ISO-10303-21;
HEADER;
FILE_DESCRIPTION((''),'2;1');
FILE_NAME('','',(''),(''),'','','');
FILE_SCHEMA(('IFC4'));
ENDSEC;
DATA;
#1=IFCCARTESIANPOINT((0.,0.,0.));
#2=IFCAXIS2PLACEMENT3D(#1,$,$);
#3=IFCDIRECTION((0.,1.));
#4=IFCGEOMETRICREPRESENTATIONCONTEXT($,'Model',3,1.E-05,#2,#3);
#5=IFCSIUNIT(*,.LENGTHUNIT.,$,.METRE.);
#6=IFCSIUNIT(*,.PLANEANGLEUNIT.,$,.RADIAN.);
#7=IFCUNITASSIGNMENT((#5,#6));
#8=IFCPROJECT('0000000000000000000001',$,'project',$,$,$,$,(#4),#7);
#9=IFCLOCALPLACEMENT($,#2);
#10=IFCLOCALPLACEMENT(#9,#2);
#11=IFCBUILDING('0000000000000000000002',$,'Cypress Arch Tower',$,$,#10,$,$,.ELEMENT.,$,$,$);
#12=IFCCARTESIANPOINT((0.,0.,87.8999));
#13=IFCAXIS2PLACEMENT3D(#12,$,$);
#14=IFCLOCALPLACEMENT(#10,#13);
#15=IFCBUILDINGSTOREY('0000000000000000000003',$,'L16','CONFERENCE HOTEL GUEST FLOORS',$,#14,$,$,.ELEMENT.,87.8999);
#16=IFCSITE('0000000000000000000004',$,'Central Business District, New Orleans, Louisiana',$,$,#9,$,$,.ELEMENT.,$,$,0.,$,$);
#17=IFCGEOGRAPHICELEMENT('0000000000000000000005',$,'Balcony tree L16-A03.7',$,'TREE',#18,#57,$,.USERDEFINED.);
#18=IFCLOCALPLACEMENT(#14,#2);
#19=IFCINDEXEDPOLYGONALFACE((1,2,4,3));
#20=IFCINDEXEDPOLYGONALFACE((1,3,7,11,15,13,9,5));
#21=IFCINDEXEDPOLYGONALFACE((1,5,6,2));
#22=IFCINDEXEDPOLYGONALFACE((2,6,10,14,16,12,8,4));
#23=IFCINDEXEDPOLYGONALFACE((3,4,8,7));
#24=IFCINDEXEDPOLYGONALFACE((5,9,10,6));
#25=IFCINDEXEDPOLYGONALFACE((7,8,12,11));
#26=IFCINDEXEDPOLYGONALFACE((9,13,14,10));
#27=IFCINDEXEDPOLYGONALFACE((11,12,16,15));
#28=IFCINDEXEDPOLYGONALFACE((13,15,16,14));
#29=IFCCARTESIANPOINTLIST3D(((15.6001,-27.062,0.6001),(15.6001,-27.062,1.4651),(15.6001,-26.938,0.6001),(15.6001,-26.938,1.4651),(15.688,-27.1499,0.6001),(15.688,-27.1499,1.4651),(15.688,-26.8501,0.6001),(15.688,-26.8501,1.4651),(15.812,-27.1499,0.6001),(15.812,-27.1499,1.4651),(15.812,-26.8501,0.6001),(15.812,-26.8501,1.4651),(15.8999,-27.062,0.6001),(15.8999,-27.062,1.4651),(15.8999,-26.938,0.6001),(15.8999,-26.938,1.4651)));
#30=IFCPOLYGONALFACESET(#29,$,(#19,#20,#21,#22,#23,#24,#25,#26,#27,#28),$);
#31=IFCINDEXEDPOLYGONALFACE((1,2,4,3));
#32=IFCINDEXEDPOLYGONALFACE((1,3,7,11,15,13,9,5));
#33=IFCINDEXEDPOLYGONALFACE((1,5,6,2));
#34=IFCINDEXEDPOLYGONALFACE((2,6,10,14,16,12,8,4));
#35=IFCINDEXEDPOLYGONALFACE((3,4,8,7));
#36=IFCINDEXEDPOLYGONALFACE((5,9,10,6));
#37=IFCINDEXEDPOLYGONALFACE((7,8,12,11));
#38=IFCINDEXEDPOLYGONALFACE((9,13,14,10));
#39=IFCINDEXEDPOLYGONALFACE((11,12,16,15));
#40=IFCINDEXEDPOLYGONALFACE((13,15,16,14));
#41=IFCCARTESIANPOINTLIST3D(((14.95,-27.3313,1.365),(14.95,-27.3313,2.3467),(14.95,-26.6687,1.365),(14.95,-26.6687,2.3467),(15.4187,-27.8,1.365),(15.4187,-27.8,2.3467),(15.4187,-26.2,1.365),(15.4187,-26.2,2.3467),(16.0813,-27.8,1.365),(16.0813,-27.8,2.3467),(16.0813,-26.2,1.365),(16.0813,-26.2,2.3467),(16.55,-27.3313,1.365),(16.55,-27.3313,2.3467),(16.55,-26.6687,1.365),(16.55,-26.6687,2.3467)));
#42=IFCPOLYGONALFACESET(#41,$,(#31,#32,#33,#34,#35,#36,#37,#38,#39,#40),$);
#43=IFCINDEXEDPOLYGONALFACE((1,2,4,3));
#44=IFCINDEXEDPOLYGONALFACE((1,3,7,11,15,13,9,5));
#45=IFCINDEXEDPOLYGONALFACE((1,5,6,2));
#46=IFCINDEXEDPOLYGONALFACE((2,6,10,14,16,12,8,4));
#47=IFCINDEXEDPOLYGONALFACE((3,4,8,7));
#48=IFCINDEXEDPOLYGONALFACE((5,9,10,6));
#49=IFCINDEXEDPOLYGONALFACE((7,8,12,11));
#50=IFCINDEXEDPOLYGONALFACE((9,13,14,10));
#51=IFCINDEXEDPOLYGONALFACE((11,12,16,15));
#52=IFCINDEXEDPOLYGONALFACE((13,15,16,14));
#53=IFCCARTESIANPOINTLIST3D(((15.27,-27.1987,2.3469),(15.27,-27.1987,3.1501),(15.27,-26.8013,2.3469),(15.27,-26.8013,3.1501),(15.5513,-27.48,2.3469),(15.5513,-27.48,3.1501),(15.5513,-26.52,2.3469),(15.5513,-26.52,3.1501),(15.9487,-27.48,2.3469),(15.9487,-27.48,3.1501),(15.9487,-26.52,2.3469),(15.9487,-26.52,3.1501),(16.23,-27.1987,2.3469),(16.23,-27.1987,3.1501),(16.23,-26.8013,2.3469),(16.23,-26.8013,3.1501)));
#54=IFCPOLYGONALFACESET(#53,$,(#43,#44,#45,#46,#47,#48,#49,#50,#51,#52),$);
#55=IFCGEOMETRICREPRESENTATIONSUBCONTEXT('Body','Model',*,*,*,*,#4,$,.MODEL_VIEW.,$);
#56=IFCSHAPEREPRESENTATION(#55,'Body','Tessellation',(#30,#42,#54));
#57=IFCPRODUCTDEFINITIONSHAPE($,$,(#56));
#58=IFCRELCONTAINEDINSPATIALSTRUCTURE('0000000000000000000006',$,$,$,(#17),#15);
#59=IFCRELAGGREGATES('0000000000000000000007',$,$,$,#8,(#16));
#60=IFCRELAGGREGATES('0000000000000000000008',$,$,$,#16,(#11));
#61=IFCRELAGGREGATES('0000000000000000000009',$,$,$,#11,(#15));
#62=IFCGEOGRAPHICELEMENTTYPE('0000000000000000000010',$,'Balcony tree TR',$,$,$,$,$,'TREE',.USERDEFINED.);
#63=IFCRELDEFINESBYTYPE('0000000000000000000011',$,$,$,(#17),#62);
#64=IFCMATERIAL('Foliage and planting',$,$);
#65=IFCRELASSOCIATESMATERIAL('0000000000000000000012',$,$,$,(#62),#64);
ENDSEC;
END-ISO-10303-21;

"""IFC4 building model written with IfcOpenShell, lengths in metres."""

from ifc_helpers import new_model, si_unit, direction, frame, origin, place, context, subcontext, project, spatial, polyline, outline, extrude, material, type_object, element, save


model = new_model("IFC4")

# Units and contexts
model_context = context("Model", 3, precision=1e-05, world=origin(), true_north=direction((0.0, 1.0)))
body_context = subcontext(model_context, "Body", "Model", "MODEL_VIEW")
ifc_project = project(units=[si_unit("LENGTHUNIT", "METRE"), si_unit("PLANEANGLEUNIT", "RADIAN")], contexts=[model_context])

# Site, building, storey
site_placement = place(None, origin())
site = spatial("IfcSite", under=ifc_project, at=site_placement, Name="Central Business District, New Orleans, Louisiana", CompositionType="ELEMENT", RefElevation=0.0)
building_placement = place(site_placement, origin())
building = spatial("IfcBuilding", under=site, at=building_placement, Name="Cypress Arch Tower", CompositionType="ELEMENT")
storey_placement = place(building_placement, frame((0.0, 0.0, 87.8999)))
storey = spatial("IfcBuildingStorey", under=building, at=storey_placement, Name="L16", Description="CONFERENCE HOTEL GUEST FLOORS", CompositionType="ELEMENT", Elevation=87.8999)

# Geographic element
ifc_material_1 = material(Name="Foliage and planting")
geographic_element_type = type_object("IfcGeographicElementType", Name="Balcony tree TR", ElementType="TREE", PredefinedType="USERDEFINED", material=ifc_material_1)
geographic_element_placement = place(storey_placement, frame((15.75, -27.0, 0.6001), z_axis=(0.0, 0.0, 1.0), x_axis=(1.0, 0.0, 0.0)))
element("IfcGeographicElement", 1, at=geographic_element_placement, inside=storey, type_object=geographic_element_type, Name="Balcony tree L16-A03.7", ObjectType="TREE", PredefinedType="USERDEFINED", context=body_context, shape_type="SweptSolid", body=[
    extrude(outline(polyline([(0.1499, 0.062), (0.062, 0.1499), (-0.062, 0.1499), (-0.1499, 0.062), (-0.1499, -0.062), (-0.062, -0.1499), (0.062, -0.1499), (0.1499, -0.062), (0.1499, 0.062)])), origin(), (0.0, 0.0, 1.0), 0.865),
    extrude(outline(polyline([(0.8, 0.3313), (0.3313, 0.8), (-0.3313, 0.8), (-0.8, 0.3313), (-0.8, -0.3313), (-0.3313, -0.8), (0.3313, -0.8), (0.8, -0.3313), (0.8, 0.3313)])), frame((0.0, 0.0, 0.7649)), (0.0, 0.0, 1.0), 0.9817),
    extrude(outline(polyline([(0.48, 0.1987), (0.1987, 0.48), (-0.1987, 0.48), (-0.48, 0.1987), (-0.48, -0.1987), (-0.1987, -0.48), (0.1987, -0.48), (0.48, -0.1987), (0.48, 0.1987)])), frame((0.0, 0.0, 1.7468)), (0.0, 0.0, 1.0), 0.8032),
])

save(model, "model.ifc")
